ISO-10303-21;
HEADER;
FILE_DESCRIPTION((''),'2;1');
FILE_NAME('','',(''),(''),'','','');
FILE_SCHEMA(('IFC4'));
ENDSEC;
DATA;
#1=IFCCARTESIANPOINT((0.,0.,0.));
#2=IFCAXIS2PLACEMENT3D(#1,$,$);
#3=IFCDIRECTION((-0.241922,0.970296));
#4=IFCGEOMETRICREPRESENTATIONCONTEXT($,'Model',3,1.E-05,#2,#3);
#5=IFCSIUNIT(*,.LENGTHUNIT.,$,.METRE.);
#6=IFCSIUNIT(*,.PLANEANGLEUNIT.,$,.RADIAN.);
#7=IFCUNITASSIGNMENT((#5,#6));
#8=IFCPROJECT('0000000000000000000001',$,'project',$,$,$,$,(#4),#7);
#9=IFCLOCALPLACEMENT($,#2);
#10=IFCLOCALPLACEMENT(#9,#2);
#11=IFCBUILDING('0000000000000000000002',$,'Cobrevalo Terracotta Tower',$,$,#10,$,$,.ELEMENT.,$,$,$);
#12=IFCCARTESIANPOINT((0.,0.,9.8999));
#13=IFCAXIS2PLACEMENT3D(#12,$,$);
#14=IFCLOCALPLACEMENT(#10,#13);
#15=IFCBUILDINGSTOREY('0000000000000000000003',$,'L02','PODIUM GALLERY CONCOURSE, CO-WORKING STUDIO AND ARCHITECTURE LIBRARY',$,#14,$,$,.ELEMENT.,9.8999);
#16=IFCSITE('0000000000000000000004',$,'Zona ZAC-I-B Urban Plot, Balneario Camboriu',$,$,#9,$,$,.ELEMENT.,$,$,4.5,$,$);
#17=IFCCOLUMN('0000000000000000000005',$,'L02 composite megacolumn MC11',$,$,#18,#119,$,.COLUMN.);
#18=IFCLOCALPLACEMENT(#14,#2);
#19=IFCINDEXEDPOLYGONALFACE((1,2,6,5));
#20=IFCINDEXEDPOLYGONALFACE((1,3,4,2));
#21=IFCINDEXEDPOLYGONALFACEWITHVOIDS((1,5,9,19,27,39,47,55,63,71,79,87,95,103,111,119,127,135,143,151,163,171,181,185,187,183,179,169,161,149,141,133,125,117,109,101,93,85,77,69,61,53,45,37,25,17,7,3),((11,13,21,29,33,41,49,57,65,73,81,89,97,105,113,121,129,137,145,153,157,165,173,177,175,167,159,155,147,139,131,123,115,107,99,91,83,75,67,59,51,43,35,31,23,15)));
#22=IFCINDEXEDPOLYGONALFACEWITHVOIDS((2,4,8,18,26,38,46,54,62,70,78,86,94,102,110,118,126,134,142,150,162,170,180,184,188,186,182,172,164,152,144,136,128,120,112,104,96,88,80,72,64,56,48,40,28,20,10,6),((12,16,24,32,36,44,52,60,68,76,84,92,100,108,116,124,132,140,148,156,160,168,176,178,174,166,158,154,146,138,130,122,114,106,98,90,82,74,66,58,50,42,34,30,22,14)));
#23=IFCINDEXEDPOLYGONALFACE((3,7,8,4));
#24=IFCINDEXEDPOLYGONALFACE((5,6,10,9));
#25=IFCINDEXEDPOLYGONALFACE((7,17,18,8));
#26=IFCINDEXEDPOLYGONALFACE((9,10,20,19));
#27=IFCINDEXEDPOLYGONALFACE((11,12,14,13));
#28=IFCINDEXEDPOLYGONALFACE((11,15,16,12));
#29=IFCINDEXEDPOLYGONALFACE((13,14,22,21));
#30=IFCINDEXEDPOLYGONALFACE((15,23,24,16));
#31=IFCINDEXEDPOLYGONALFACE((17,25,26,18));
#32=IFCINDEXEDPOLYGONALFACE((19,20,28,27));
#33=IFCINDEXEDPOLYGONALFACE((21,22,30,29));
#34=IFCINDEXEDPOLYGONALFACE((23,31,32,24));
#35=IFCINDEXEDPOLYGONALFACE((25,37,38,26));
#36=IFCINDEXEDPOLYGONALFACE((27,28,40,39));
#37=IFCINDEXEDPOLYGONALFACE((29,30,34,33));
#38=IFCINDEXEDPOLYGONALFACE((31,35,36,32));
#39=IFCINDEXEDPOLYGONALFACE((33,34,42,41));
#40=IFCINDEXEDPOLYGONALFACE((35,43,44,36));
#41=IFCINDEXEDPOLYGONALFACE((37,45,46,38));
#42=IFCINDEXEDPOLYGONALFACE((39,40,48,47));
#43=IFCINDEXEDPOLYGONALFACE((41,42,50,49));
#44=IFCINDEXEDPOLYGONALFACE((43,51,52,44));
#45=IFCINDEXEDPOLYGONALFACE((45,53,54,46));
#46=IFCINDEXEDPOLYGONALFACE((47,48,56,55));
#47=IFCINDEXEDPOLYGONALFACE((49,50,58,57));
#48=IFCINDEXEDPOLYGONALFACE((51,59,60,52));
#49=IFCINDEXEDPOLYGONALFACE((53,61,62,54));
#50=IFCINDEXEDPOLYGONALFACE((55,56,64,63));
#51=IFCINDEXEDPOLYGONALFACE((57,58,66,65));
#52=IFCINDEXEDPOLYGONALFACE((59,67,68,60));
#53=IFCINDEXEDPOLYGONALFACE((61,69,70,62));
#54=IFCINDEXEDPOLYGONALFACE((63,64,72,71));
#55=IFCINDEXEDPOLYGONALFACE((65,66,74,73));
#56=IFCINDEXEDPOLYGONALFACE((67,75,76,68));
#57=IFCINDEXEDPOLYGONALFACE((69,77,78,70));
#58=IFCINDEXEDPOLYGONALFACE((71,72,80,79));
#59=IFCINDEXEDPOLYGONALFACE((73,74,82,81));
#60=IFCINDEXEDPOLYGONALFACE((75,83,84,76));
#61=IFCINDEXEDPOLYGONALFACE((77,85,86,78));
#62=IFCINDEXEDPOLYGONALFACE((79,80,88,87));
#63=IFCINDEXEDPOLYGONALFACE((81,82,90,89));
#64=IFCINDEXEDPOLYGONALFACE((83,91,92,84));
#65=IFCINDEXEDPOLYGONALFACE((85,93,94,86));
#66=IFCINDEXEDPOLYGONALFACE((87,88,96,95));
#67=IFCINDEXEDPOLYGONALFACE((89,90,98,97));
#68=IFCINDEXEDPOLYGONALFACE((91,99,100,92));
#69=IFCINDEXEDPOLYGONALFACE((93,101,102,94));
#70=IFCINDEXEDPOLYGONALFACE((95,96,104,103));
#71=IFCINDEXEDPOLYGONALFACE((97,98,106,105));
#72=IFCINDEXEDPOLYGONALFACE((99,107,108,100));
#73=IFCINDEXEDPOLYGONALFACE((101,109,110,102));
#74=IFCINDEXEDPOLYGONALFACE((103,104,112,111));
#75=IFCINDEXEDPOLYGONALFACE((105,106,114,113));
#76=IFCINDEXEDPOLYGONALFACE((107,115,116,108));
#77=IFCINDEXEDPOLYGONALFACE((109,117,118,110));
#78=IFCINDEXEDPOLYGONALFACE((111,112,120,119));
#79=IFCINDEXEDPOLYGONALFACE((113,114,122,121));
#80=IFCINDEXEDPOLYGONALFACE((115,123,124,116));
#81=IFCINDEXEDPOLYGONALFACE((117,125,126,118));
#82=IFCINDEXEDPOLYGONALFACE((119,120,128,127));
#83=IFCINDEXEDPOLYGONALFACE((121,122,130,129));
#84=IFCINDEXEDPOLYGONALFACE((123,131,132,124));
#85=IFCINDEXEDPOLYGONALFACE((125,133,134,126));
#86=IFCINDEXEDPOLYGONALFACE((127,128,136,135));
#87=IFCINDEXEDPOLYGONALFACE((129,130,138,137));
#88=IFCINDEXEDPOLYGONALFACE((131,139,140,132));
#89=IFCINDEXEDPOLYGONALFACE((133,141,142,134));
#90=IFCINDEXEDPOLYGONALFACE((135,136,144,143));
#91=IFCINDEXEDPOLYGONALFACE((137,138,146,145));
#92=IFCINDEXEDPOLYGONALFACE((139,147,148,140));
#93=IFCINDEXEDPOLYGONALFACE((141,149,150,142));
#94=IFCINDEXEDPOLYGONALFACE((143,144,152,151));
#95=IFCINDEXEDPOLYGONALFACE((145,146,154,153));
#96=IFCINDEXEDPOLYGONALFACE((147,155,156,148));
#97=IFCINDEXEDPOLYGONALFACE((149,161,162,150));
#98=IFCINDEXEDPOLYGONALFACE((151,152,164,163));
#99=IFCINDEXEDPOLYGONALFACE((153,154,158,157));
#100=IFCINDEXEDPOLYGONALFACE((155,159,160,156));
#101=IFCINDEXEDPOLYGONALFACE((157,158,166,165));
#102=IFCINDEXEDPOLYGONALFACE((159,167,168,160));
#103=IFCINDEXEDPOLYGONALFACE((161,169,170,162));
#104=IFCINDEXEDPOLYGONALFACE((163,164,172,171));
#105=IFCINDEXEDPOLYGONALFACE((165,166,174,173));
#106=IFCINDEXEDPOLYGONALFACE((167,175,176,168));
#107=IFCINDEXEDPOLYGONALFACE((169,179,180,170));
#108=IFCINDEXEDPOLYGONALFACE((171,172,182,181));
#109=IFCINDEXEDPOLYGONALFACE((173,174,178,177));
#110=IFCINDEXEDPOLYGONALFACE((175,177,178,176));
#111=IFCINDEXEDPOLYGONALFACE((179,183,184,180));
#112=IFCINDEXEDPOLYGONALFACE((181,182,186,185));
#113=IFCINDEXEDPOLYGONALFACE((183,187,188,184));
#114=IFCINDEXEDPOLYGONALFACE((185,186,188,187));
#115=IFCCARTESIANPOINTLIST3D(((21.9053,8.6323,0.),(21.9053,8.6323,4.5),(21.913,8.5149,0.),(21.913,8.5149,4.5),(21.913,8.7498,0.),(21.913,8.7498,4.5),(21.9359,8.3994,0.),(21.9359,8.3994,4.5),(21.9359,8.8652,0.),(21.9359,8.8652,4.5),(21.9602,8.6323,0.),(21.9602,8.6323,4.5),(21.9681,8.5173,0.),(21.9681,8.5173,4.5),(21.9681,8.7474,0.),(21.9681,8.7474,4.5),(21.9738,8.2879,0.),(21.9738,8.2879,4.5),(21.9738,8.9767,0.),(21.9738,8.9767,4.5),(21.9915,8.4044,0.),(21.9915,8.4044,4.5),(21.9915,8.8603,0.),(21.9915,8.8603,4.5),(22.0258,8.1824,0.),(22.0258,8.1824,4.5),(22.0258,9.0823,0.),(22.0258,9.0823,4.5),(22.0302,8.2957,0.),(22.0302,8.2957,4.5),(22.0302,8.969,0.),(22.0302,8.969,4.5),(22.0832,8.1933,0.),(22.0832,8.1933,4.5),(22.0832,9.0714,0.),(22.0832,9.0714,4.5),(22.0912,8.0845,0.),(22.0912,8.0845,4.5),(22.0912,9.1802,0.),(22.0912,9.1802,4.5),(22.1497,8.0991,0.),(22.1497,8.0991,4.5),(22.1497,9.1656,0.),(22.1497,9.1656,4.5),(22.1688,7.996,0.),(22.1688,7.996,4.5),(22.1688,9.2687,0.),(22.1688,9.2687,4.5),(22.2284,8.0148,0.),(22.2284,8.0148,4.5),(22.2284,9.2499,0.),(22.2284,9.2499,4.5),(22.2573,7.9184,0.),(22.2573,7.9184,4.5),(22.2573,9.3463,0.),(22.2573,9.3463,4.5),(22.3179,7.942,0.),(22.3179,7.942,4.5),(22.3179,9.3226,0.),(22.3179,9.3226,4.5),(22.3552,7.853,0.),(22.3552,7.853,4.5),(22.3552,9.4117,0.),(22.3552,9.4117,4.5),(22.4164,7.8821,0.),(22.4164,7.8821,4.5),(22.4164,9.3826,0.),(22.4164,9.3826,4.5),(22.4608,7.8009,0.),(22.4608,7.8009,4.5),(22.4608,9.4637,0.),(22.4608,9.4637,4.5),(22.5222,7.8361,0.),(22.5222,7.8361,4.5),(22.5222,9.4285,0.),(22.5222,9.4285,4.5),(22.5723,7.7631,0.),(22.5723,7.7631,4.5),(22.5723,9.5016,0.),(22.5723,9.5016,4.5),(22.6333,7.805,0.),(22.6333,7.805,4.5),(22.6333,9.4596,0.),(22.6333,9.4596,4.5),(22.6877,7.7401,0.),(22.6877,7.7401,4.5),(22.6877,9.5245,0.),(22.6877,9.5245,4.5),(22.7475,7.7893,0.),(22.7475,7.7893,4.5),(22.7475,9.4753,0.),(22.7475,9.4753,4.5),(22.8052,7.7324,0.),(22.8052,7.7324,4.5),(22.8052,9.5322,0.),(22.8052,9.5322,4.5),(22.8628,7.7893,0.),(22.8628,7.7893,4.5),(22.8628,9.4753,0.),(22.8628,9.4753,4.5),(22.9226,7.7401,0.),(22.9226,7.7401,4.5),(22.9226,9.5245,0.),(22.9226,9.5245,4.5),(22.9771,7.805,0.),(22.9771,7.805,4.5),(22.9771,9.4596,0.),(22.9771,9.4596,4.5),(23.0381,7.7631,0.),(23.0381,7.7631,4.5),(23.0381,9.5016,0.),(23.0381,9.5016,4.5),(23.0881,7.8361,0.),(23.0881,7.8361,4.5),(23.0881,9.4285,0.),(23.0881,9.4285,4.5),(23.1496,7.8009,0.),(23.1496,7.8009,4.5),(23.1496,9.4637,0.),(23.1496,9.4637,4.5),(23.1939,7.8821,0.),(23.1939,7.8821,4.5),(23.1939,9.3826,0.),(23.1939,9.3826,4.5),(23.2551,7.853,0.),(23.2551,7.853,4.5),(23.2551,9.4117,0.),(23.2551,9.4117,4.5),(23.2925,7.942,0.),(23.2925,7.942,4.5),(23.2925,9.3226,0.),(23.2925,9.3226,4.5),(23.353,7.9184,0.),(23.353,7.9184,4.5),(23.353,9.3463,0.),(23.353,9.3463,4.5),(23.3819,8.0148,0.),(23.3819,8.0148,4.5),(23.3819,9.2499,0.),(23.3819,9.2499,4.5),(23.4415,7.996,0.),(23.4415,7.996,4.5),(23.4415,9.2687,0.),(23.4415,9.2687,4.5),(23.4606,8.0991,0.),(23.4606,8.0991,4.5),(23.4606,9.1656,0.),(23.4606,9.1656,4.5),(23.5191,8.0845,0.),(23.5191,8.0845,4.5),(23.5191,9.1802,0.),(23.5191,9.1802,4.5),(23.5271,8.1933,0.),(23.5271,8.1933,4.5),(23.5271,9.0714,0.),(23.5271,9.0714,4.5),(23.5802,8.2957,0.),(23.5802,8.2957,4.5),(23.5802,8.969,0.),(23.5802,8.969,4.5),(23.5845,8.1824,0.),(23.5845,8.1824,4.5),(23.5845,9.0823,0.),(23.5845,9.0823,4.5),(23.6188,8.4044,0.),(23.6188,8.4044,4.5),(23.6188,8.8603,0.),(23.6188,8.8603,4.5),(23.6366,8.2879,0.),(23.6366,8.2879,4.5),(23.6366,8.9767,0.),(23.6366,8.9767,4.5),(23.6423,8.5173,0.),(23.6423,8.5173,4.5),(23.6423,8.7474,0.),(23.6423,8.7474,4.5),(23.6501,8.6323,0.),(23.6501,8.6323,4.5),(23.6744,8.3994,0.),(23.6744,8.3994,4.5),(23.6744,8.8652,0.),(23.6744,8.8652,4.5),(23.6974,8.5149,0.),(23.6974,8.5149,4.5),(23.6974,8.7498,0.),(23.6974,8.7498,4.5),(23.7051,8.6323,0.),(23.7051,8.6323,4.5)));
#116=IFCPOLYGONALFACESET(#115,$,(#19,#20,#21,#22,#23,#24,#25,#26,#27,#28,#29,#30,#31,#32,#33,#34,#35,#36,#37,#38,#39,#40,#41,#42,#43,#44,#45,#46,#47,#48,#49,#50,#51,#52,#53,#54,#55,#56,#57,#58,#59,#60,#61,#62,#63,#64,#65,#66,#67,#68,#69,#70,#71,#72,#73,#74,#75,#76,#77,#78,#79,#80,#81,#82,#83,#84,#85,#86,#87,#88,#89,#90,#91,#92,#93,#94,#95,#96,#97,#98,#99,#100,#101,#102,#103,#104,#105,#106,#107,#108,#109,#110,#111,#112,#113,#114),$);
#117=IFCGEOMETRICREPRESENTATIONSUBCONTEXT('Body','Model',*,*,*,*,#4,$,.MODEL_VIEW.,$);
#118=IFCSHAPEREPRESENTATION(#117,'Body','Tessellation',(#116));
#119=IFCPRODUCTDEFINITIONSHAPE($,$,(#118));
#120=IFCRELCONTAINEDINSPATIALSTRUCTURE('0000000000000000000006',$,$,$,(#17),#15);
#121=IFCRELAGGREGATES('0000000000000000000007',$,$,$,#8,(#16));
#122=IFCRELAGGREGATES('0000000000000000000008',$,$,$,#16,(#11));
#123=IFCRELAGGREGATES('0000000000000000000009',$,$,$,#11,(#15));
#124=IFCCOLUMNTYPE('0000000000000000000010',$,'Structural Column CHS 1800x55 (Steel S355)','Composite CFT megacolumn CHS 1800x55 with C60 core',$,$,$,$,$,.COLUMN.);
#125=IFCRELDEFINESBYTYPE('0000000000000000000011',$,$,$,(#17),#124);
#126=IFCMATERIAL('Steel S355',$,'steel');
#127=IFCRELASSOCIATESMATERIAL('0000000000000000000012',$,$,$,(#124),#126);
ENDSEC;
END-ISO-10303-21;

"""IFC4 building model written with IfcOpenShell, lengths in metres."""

from ifc_helpers import new_model, si_unit, direction, frame, origin, origin_2d, place, context, subcontext, project, spatial, hollow_circle, extrude, material, material_profile, profile_set, type_object, element, save


model = new_model("IFC4")

# Units and contexts
model_context = context("Model", 3, precision=1e-05, world=origin(), true_north=direction((-0.241922, 0.970296)))
body_context = subcontext(model_context, "Body", "Model", "MODEL_VIEW")
ifc_project = project(units=[si_unit("LENGTHUNIT", "METRE"), si_unit("PLANEANGLEUNIT", "RADIAN")], contexts=[model_context])

# Site, building, storey
site_placement = place(None, origin())
site = spatial("IfcSite", under=ifc_project, at=site_placement, Name="Zona ZAC-I-B Urban Plot, Balneario Camboriu", CompositionType="ELEMENT", RefElevation=4.5)
building_placement = place(site_placement, origin())
building = spatial("IfcBuilding", under=site, at=building_placement, Name="Cobrevalo Terracotta Tower", CompositionType="ELEMENT")
storey_placement = place(building_placement, frame((0.0, 0.0, 9.8999)))
storey = spatial("IfcBuildingStorey", under=building, at=storey_placement, Name="L02", Description="PODIUM GALLERY CONCOURSE, CO-WORKING STUDIO AND ARCHITECTURE LIBRARY", CompositionType="ELEMENT", Elevation=9.8999)

# Column
ifc_material_1 = material(Name="Steel S355", Category="steel")
ifc_material_profile_1 = material_profile(ifc_material_1, hollow_circle(Radius=0.8999, WallThickness=0.0549, at=origin_2d()), Name="CHS 1800x55")
ifc_profile_set_1 = profile_set([ifc_material_profile_1], Name="Steel S355")
column_type_1 = type_object("IfcColumnType", Name="Structural Column CHS 1800x55 (Steel S355)", Description="Composite CFT megacolumn CHS 1800x55 with C60 core", PredefinedType="COLUMN", material=ifc_profile_set_1)
for number, where, z_axis, x_axis, name in (
    (1, (22.8052, 8.6323, 0.0), (0.0, 0.0, 1.0), (1.0, 0.0, 0.0), "L02 composite megacolumn MC11"),
):
    element("IfcColumn", number, at=place(storey_placement, frame(where, z_axis=z_axis, x_axis=x_axis)), inside=storey, type_object=column_type_1, Name=name, PredefinedType="COLUMN", context=body_context, shape_type="SweptSolid", body=[
        extrude(hollow_circle(Radius=0.8999, WallThickness=0.0549, at=origin_2d()), origin(), (0.0, 0.0, 1.0), 4.5),
    ])

save(model, "model.ifc")
